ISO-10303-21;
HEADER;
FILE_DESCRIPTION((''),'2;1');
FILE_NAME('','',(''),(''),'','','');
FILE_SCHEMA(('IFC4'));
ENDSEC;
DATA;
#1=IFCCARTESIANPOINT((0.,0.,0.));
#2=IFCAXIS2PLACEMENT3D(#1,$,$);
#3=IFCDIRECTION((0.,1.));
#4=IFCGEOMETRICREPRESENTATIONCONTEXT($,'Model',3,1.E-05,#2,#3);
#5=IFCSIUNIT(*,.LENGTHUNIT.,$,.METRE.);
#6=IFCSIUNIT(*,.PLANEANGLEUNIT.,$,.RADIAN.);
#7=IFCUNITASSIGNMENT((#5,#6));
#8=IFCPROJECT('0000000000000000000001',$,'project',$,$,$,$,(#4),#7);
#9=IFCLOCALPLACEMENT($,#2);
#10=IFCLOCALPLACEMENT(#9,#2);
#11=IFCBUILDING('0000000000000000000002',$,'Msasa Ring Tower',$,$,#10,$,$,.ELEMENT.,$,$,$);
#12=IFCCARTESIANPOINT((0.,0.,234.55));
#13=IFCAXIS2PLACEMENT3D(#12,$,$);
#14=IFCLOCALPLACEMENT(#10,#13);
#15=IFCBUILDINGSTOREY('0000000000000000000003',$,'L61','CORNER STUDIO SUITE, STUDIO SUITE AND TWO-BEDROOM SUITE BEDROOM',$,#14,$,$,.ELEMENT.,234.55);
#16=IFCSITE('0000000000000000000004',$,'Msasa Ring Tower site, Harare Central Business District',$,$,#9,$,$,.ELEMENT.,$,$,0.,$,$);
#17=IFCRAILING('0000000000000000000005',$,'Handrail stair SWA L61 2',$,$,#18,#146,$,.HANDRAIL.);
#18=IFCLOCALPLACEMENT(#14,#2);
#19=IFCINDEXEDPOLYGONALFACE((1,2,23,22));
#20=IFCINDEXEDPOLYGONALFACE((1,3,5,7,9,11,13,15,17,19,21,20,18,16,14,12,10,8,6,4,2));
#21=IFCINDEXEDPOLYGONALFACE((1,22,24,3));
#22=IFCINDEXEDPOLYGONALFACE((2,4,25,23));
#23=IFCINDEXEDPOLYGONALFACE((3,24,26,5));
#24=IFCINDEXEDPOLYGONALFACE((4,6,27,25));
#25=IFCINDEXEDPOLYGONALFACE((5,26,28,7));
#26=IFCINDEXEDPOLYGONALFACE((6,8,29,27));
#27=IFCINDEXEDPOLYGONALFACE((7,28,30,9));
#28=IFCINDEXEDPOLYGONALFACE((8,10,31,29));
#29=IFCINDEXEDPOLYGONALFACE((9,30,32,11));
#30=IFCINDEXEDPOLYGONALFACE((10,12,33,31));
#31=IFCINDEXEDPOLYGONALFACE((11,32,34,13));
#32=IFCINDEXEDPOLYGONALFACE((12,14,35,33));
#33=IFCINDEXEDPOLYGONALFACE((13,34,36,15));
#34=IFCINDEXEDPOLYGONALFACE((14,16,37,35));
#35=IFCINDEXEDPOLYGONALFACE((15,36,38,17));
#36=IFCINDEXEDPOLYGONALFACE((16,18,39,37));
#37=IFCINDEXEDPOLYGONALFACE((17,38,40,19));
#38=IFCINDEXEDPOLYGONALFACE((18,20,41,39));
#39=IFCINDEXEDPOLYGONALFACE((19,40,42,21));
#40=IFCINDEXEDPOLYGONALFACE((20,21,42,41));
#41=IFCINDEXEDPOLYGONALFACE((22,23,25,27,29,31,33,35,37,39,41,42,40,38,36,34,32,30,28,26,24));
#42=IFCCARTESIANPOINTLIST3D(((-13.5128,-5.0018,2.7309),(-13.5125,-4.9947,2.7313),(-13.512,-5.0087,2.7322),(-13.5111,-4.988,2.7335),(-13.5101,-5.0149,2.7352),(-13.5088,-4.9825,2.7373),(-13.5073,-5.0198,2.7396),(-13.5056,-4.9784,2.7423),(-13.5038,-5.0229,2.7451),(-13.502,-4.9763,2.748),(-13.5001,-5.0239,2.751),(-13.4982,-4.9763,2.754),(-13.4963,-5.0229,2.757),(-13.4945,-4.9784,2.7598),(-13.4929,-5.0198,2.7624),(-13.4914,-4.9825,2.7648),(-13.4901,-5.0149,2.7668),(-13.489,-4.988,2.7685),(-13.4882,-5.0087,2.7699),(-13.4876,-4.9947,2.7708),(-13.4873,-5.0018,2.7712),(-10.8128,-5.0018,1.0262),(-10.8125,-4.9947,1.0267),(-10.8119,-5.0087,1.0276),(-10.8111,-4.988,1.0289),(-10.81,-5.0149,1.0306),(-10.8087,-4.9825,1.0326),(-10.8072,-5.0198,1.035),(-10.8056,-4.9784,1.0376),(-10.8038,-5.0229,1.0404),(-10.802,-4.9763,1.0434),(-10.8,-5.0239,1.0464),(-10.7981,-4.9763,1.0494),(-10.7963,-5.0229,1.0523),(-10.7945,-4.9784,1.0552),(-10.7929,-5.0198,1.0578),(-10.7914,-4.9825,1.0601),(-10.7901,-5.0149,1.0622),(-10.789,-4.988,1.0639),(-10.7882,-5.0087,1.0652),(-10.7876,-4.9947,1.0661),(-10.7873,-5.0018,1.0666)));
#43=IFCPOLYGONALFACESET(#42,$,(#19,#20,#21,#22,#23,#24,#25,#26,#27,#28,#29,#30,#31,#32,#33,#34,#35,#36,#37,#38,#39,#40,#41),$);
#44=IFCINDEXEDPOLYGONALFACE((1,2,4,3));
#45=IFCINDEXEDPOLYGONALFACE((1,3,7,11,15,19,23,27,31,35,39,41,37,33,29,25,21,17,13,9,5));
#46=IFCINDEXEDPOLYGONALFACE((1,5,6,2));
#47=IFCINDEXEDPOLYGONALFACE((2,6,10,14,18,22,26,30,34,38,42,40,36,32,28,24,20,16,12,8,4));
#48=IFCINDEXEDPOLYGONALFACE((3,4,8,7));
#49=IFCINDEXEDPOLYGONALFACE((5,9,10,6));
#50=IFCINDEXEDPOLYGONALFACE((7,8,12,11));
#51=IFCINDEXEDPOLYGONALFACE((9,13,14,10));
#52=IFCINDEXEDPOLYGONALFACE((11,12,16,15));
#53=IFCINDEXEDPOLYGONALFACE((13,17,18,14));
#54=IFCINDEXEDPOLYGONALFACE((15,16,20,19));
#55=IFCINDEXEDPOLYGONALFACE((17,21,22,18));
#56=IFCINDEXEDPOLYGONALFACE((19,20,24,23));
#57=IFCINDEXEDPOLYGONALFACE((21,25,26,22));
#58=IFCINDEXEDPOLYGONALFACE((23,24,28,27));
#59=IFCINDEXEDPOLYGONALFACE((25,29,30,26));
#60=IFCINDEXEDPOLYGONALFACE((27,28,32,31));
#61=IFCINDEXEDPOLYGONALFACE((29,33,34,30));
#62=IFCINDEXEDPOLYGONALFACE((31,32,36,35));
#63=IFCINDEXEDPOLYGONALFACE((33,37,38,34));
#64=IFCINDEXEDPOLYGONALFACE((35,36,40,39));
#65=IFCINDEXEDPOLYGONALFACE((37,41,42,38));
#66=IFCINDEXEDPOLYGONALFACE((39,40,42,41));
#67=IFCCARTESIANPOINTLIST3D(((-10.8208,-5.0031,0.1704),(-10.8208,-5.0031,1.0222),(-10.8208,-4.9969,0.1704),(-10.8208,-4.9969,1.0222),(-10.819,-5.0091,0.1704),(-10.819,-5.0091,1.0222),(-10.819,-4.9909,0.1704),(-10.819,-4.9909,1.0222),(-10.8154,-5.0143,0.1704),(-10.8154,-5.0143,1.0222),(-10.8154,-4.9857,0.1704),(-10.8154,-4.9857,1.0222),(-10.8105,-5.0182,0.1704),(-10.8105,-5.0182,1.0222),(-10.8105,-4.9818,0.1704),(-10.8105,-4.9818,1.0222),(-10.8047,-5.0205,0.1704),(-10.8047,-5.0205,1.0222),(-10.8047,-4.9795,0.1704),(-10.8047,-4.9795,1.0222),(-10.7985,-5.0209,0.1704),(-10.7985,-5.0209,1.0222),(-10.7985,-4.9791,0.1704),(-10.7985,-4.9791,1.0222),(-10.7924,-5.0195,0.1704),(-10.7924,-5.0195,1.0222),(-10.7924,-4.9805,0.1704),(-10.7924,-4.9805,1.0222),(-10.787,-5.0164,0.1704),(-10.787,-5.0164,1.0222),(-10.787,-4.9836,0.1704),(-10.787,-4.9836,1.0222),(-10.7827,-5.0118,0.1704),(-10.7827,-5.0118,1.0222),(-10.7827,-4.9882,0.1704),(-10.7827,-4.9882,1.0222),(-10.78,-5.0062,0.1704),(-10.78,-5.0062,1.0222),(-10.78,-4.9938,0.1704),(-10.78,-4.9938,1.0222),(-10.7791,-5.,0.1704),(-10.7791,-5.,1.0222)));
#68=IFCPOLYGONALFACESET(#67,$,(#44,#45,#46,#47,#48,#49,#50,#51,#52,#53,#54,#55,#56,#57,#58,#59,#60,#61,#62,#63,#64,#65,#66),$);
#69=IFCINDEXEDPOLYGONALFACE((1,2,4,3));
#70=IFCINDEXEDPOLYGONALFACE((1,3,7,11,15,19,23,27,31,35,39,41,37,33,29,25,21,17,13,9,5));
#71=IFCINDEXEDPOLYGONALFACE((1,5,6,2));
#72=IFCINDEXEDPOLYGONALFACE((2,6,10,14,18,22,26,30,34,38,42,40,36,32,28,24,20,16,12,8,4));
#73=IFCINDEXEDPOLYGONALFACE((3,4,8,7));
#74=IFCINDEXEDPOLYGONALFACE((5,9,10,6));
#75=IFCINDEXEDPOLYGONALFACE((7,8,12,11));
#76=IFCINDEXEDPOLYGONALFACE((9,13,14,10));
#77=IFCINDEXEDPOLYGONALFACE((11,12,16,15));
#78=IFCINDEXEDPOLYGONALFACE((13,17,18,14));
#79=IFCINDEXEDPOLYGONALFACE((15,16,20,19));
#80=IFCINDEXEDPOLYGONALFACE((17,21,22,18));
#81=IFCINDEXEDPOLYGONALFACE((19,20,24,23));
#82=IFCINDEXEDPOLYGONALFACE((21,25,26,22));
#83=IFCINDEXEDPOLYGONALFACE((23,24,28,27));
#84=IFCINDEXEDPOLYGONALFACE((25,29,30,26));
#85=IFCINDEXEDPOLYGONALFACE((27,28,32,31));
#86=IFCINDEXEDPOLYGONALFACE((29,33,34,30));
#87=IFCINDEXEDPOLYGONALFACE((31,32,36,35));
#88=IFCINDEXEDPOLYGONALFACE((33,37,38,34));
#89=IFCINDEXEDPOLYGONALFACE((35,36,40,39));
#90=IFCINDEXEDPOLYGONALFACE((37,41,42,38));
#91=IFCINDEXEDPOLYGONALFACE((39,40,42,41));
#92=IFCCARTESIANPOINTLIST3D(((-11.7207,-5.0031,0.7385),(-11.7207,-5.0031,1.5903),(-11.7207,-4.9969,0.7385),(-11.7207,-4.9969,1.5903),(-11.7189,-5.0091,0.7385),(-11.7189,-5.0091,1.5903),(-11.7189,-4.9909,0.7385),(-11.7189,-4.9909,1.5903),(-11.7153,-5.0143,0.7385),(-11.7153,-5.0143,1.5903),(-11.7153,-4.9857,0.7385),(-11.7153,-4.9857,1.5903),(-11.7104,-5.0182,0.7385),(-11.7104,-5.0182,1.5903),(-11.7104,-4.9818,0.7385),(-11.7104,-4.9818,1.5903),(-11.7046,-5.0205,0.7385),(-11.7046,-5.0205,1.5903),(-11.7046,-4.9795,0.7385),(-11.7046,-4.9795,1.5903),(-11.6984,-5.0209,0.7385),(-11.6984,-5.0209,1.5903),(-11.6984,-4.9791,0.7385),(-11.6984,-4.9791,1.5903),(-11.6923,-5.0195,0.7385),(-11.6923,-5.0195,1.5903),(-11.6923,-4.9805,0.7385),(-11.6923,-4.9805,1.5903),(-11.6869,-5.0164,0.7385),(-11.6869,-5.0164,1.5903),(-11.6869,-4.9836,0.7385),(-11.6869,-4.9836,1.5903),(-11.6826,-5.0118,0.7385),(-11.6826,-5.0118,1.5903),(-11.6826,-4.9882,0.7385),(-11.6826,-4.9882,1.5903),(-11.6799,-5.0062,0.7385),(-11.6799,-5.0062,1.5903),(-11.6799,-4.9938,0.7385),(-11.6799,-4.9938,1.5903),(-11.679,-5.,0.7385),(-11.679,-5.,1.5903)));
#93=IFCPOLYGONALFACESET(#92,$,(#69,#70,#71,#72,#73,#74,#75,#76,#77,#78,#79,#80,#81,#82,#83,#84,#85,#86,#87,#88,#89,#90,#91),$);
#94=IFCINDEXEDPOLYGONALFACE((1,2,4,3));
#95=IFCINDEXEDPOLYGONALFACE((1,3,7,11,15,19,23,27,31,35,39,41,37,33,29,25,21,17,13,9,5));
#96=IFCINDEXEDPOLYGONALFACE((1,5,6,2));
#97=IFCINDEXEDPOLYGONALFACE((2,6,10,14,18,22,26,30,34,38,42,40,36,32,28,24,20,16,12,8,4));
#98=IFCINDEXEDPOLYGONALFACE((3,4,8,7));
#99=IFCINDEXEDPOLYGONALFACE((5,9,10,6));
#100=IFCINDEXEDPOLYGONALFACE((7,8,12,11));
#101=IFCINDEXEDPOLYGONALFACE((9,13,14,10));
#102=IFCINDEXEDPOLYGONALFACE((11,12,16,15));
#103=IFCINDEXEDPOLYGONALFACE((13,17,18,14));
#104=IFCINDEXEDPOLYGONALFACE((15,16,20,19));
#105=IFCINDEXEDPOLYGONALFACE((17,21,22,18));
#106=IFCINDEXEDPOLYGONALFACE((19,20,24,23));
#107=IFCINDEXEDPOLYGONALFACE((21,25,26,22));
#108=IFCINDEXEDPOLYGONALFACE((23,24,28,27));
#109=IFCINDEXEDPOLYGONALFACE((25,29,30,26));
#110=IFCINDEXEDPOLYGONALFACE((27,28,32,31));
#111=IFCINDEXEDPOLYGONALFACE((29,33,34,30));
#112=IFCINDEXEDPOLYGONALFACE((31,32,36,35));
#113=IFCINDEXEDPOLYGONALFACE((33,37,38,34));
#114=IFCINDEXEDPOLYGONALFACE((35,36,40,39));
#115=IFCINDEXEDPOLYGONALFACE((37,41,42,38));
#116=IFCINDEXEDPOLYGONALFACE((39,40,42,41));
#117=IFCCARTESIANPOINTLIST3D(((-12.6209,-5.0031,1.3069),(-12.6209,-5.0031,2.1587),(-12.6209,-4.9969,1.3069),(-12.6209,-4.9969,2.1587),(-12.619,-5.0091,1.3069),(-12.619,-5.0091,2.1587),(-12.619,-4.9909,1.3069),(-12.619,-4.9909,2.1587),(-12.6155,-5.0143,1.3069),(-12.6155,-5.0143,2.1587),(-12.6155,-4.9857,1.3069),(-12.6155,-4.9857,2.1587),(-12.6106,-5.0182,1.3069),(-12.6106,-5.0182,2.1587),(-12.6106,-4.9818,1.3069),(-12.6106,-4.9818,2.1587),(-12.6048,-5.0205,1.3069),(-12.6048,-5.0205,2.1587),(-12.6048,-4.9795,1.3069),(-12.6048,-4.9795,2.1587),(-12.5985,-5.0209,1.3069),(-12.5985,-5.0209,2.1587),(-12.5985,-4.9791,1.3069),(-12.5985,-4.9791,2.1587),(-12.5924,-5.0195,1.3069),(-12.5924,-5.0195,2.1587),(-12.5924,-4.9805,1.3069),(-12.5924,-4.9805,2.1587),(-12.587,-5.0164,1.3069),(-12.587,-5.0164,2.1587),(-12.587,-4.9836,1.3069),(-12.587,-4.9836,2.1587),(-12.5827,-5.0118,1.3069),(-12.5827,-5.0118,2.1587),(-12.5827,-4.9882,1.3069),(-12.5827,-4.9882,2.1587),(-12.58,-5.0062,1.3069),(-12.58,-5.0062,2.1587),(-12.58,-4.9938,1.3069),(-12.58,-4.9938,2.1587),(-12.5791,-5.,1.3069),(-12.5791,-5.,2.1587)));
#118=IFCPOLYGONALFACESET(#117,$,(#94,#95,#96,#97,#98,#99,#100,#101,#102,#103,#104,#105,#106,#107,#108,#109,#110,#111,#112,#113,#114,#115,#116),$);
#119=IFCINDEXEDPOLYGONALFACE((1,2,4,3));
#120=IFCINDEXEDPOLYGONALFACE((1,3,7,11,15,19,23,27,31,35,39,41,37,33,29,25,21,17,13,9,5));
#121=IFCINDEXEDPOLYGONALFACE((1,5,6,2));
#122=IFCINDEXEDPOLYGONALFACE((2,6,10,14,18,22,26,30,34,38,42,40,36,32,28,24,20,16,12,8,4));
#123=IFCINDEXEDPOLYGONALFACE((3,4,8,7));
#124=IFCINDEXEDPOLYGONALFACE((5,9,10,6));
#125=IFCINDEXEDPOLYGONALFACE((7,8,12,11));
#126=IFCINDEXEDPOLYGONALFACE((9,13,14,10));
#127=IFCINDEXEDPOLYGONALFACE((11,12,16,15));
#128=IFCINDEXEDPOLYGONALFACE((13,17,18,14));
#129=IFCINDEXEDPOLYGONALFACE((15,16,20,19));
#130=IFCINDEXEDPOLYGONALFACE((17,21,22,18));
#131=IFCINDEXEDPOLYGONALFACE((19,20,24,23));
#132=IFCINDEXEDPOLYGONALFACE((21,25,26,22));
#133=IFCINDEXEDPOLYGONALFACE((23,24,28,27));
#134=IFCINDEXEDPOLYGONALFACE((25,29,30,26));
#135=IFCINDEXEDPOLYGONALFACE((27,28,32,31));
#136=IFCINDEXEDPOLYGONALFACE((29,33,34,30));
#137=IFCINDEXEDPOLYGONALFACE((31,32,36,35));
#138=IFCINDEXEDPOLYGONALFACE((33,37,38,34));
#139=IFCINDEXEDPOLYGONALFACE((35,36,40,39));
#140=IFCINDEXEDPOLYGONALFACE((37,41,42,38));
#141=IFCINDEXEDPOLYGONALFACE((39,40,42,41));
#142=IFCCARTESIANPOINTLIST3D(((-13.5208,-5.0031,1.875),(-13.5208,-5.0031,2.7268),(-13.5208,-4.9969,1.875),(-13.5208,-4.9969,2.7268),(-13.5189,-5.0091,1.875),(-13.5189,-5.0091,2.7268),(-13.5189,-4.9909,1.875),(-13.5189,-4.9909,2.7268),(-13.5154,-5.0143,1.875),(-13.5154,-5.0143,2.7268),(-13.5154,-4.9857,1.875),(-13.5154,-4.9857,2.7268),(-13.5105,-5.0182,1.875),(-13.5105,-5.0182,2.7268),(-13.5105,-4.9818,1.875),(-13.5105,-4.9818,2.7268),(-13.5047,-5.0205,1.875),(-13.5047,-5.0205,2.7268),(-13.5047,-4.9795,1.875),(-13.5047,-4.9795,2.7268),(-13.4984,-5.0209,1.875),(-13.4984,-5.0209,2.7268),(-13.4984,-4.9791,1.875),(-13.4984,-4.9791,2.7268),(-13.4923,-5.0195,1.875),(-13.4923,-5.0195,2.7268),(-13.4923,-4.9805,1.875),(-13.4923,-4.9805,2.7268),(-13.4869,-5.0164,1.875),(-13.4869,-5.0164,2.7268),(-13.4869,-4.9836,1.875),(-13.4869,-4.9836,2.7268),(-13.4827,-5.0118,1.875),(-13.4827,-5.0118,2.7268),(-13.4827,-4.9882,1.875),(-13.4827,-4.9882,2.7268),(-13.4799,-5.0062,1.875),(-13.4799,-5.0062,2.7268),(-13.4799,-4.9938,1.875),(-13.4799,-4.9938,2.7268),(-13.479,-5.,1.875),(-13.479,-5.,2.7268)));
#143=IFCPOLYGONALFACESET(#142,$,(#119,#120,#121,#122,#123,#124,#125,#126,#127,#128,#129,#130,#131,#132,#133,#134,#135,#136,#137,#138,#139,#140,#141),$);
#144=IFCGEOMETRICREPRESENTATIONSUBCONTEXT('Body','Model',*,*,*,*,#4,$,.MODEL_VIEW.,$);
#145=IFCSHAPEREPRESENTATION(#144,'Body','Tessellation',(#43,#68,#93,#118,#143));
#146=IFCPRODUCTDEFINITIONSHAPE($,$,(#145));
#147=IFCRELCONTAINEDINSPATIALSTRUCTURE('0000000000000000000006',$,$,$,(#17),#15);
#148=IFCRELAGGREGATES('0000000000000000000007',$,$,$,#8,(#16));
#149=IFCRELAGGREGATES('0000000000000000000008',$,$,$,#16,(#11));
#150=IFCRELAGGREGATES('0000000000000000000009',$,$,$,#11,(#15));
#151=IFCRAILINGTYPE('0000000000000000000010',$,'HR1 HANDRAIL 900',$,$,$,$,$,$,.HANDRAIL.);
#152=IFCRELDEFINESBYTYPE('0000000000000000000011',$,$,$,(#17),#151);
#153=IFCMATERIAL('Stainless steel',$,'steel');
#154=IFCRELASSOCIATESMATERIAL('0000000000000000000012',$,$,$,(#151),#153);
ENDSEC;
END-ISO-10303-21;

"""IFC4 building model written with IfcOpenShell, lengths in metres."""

from ifc_helpers import new_model, si_unit, direction, frame, origin, origin_2d, place, context, subcontext, project, spatial, circle, extrude, material, type_object, element, save


model = new_model("IFC4")

# Units and contexts
model_context = context("Model", 3, precision=1e-05, world=origin(), true_north=direction((0.0, 1.0)))
body_context = subcontext(model_context, "Body", "Model", "MODEL_VIEW")
ifc_project = project(units=[si_unit("LENGTHUNIT", "METRE"), si_unit("PLANEANGLEUNIT", "RADIAN")], contexts=[model_context])

# Site, building, storey
site_placement = place(None, origin())
site = spatial("IfcSite", under=ifc_project, at=site_placement, Name="Msasa Ring Tower site, Harare Central Business District", CompositionType="ELEMENT", RefElevation=0.0)
building_placement = place(site_placement, origin())
building = spatial("IfcBuilding", under=site, at=building_placement, Name="Msasa Ring Tower", CompositionType="ELEMENT")
storey_placement = place(building_placement, frame((0.0, 0.0, 234.55)))
storey = spatial("IfcBuildingStorey", under=building, at=storey_placement, Name="L61", Description="CORNER STUDIO SUITE, STUDIO SUITE AND TWO-BEDROOM SUITE BEDROOM", CompositionType="ELEMENT", Elevation=234.55)

# Railing
ifc_material_1 = material(Name="Stainless steel", Category="steel")
railing_type = type_object("IfcRailingType", Name="HR1 HANDRAIL 900", PredefinedType="HANDRAIL", material=ifc_material_1)
for number, where, name in (
    (1, (-10.8, -5.0, 0.1704), "Handrail stair SWA L61 2"),
):
    element("IfcRailing", number, at=place(storey_placement, frame(where)), inside=storey, type_object=railing_type, Name=name, PredefinedType="HANDRAIL", context=body_context, shape_type="SweptSolid", body=[
        extrude(circle(Radius=0.0239, at=origin_2d()), frame((0.0, 0.0, 0.876), z_axis=(-0.84558, 0.0, 0.533849), x_axis=(0.0, -1.0, 0.0)), (0.0, 0.0, 1.0), 3.1931),
        extrude(circle(Radius=0.021, at=origin_2d()), origin(), (0.0, 0.0, 1.0), 0.8518),
        extrude(circle(Radius=0.021, at=origin_2d()), frame((-0.8999, 0.0, 0.5681)), (0.0, 0.0, 1.0), 0.8518),
        extrude(circle(Radius=0.021, at=origin_2d()), frame((-1.8, 0.0, 1.1365)), (0.0, 0.0, 1.0), 0.8518),
        extrude(circle(Radius=0.021, at=origin_2d()), frame((-2.7, 0.0, 1.7046)), (0.0, 0.0, 1.0), 0.8518),
    ])

save(model, "model.ifc")
